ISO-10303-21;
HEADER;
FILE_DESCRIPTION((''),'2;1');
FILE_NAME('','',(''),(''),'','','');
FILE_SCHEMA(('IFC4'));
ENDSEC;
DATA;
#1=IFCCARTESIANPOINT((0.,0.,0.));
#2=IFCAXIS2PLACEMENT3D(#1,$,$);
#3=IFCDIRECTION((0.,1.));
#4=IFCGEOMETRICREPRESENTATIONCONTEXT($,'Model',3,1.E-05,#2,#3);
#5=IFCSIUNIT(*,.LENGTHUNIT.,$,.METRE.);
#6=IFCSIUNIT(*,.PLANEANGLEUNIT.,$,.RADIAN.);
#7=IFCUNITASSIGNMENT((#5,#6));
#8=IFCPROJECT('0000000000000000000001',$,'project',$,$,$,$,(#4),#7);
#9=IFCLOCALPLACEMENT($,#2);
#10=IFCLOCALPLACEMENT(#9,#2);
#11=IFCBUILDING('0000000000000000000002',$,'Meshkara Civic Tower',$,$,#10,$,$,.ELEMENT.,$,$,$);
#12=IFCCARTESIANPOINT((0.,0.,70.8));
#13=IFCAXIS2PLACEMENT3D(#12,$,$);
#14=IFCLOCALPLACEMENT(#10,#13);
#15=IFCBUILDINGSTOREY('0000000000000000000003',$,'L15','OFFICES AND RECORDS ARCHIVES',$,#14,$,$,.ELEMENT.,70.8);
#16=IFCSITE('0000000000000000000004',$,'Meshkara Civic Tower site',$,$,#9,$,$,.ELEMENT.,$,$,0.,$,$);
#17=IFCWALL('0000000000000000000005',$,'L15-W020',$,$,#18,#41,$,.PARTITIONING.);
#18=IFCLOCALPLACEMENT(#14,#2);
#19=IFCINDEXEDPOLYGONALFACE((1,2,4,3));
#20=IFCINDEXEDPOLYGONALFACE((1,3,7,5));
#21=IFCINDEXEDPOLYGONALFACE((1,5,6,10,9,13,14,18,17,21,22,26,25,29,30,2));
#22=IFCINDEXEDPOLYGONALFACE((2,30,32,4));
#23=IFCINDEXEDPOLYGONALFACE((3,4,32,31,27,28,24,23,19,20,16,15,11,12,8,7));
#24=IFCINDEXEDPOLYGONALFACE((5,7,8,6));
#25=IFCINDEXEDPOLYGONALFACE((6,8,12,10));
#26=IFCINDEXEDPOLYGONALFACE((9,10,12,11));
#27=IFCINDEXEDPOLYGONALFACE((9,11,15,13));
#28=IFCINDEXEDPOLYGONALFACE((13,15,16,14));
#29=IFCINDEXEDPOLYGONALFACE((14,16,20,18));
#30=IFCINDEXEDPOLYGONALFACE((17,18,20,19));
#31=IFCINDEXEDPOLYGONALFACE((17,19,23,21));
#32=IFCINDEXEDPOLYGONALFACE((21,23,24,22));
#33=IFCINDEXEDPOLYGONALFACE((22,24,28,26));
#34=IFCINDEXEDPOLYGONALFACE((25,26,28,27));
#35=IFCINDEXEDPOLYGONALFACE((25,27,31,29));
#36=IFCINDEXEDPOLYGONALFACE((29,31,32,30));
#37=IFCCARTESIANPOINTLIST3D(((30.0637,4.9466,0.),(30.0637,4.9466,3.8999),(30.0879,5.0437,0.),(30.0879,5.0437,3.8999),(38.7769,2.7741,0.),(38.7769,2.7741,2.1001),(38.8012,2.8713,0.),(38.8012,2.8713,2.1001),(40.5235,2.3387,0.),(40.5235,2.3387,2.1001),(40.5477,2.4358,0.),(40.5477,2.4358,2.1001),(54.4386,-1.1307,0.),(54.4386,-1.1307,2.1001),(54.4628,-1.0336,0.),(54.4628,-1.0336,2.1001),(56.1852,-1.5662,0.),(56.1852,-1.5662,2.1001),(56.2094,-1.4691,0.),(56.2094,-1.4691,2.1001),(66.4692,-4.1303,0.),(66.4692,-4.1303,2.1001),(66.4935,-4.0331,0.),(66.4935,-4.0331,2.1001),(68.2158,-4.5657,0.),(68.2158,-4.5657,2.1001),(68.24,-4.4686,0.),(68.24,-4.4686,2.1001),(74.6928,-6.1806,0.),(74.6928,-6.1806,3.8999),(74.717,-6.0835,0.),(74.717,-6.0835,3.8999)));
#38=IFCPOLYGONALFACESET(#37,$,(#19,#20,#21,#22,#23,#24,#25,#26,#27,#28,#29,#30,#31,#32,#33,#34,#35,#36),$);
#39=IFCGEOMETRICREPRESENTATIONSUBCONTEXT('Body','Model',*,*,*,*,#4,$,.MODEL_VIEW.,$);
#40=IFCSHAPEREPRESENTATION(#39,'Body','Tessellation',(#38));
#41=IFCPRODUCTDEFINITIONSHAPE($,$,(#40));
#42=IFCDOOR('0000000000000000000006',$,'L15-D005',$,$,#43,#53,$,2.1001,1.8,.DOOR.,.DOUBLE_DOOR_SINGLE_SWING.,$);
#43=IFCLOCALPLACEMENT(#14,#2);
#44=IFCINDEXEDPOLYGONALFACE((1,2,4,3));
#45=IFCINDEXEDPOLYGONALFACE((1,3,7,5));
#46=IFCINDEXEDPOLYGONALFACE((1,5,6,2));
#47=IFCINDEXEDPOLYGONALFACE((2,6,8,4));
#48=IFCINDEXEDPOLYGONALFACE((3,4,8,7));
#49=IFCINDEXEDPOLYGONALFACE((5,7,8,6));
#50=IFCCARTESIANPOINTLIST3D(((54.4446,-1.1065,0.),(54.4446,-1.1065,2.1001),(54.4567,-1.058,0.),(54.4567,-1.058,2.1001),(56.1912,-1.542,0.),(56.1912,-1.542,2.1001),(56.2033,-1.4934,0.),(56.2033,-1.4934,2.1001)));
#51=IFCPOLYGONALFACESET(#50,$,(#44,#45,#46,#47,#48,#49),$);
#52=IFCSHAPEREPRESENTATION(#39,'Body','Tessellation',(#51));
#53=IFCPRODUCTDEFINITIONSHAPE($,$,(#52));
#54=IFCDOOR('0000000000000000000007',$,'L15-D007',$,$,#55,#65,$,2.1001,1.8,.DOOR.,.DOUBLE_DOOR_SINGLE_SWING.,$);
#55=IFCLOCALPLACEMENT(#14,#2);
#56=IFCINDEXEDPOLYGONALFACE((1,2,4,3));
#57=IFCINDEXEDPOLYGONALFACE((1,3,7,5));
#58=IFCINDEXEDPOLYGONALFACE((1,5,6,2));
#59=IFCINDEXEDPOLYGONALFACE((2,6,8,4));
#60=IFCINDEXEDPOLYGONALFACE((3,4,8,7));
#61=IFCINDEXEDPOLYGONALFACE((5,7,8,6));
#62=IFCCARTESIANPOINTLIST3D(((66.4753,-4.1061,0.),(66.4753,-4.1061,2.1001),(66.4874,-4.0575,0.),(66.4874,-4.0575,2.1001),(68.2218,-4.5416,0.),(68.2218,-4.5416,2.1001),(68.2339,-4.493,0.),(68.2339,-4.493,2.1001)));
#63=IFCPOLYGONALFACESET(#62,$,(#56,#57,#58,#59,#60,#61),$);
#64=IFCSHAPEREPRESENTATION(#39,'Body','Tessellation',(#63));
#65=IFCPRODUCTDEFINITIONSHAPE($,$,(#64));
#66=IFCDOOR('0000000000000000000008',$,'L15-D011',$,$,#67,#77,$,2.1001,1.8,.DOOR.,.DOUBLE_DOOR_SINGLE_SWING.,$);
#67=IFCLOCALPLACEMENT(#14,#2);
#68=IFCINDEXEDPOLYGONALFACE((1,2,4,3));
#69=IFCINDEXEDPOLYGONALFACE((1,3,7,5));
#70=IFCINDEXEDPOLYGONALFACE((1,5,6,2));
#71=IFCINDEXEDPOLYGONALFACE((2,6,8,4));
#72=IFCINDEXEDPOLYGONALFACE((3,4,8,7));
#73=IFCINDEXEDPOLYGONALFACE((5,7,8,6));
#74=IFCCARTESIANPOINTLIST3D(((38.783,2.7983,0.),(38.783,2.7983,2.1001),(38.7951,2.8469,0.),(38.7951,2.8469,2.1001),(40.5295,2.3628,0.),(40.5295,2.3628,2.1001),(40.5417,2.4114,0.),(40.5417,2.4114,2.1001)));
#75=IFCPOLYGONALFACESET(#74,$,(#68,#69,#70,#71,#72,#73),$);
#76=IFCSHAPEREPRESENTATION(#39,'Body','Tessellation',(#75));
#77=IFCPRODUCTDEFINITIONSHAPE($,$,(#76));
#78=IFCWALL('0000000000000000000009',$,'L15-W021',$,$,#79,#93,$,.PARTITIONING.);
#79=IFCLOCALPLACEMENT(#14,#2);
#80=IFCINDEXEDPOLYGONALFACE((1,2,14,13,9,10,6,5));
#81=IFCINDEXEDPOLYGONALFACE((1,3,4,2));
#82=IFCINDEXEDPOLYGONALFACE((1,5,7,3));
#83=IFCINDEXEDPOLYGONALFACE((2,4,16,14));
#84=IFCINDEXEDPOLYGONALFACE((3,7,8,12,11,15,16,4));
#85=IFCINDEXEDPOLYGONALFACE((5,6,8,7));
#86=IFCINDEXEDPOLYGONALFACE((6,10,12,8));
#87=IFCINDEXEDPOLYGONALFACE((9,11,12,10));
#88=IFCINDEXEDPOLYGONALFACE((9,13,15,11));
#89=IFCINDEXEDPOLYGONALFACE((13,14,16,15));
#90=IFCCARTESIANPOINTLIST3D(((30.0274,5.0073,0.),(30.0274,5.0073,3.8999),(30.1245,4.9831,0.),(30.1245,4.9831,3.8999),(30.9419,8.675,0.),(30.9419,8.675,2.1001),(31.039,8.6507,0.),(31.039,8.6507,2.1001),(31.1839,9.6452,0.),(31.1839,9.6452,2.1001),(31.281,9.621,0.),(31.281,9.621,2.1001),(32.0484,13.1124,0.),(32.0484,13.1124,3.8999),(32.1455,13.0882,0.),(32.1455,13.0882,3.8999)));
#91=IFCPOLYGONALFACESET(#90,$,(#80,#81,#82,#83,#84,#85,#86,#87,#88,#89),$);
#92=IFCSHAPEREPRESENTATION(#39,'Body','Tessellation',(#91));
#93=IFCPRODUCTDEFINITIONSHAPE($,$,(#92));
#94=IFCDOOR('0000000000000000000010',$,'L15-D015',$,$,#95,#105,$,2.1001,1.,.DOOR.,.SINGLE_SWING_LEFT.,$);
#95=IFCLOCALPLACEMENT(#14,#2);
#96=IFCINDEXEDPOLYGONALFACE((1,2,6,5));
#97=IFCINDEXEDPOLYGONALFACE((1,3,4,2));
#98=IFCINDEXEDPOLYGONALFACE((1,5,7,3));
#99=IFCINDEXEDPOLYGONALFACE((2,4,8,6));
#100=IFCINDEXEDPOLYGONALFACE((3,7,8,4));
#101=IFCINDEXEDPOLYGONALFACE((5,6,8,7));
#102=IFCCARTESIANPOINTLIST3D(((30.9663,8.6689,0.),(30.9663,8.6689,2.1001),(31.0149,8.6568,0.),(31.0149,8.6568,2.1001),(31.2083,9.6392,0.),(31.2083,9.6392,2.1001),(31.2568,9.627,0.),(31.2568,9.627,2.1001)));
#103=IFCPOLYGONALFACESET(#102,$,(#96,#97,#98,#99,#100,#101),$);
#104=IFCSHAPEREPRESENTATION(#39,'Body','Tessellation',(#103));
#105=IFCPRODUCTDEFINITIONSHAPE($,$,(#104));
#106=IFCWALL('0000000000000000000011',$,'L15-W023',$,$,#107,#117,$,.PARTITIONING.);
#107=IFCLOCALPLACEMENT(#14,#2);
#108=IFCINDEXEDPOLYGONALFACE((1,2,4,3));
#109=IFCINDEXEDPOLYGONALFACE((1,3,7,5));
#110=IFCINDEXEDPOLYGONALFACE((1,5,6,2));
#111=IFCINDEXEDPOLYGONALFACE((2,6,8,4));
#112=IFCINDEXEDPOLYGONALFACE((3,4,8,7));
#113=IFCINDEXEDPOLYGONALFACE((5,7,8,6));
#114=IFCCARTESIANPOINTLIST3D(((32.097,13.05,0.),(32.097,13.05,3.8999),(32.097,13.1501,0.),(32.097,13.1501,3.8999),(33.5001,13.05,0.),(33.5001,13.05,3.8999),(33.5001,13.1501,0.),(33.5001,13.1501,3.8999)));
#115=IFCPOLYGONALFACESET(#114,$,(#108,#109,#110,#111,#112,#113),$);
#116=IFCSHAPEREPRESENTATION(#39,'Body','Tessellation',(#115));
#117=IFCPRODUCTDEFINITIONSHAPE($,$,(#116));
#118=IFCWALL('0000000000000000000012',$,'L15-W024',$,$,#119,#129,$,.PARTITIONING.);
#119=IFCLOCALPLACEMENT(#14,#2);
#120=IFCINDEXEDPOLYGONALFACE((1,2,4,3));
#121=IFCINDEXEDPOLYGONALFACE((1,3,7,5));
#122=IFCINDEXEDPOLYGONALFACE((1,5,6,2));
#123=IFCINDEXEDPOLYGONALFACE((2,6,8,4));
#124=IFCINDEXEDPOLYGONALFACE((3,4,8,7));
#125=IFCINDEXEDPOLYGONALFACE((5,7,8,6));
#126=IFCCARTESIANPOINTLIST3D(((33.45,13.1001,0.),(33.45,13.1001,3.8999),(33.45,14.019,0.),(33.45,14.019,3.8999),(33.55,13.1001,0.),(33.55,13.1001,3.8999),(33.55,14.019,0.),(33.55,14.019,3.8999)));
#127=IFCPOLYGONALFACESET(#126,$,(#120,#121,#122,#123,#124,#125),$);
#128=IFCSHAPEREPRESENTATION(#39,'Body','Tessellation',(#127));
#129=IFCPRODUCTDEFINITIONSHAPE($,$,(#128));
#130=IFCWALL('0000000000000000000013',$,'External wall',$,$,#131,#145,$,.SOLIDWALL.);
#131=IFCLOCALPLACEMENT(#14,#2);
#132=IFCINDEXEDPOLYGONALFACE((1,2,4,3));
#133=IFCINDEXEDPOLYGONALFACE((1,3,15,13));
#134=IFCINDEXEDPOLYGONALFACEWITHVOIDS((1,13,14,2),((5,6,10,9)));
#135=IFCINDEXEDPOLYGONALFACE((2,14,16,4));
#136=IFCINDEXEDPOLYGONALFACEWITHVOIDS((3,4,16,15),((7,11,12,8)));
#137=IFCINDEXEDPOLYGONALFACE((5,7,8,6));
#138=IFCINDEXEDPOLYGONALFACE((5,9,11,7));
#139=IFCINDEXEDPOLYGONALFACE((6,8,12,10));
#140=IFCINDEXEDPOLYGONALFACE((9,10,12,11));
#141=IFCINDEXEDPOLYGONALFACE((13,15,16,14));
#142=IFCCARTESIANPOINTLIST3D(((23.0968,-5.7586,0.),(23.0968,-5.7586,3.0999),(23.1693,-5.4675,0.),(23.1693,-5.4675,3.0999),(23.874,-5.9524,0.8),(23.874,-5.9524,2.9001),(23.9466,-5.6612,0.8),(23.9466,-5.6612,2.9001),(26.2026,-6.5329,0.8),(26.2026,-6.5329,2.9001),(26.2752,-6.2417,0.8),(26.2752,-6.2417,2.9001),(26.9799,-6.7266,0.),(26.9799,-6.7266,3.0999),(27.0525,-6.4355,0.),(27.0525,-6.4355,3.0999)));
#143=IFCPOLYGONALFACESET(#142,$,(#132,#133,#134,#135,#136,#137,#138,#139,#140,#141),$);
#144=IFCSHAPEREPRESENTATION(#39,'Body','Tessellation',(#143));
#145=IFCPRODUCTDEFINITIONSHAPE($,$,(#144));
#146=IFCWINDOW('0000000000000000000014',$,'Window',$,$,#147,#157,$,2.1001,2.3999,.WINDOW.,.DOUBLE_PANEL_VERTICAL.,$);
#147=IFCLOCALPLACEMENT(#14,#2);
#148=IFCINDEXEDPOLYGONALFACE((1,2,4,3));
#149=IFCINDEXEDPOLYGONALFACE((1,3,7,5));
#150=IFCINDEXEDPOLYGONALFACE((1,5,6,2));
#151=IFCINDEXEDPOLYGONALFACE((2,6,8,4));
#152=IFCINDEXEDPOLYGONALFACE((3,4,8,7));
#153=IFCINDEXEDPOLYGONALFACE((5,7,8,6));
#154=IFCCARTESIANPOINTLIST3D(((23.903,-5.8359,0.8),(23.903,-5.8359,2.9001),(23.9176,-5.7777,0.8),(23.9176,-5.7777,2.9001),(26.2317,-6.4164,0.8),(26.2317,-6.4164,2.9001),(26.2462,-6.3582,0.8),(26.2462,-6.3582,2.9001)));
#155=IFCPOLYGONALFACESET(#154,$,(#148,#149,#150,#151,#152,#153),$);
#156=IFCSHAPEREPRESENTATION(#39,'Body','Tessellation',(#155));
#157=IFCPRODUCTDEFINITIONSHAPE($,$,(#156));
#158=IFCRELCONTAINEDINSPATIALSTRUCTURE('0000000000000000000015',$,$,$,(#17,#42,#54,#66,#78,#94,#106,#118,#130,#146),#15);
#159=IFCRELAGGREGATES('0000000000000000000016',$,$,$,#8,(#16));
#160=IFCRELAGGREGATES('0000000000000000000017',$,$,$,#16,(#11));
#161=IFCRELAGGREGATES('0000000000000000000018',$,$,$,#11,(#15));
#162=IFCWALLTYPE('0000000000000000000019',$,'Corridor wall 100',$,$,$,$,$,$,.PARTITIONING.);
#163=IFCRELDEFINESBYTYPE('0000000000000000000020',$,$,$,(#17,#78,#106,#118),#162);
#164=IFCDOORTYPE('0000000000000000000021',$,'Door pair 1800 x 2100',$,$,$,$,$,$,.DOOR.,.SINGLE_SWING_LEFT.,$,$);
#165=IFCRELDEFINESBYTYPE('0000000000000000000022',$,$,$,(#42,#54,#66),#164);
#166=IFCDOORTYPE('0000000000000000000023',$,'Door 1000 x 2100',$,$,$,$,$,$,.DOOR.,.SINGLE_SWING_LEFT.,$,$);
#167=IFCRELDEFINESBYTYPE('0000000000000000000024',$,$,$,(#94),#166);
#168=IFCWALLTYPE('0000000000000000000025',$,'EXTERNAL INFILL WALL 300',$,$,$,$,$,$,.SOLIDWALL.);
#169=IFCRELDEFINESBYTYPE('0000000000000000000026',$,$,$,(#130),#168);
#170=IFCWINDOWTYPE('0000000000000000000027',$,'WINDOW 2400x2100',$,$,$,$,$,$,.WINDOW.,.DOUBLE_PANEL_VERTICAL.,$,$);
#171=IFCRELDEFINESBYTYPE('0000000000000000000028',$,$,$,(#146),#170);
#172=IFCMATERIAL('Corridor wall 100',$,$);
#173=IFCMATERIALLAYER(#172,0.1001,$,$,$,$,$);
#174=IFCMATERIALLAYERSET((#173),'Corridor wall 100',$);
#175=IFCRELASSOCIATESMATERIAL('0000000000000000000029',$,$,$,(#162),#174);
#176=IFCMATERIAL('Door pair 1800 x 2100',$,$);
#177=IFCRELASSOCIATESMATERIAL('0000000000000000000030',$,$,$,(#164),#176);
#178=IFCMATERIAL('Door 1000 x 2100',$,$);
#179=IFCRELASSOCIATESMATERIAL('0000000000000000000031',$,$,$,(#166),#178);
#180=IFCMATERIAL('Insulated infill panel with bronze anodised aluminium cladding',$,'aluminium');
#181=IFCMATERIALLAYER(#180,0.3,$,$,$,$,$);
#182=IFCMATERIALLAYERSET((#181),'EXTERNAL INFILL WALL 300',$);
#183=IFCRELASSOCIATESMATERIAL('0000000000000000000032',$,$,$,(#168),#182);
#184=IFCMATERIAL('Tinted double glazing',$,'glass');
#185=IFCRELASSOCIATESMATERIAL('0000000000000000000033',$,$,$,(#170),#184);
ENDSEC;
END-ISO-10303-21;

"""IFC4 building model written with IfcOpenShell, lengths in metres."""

from ifc_helpers import new_model, si_unit, direction, frame, frame_2d, origin, place, context, subcontext, project, spatial, rectangle, extrude, material, layer, layer_set, type_object, element, fill, save


model = new_model("IFC4")

# Units and contexts
model_context = context("Model", 3, precision=1e-05, world=origin(), true_north=direction((0.0, 1.0)))
body_context = subcontext(model_context, "Body", "Model", "MODEL_VIEW")
ifc_project = project(units=[si_unit("LENGTHUNIT", "METRE"), si_unit("PLANEANGLEUNIT", "RADIAN")], contexts=[model_context])

# Site, building, storey
site_placement = place(None, origin())
site = spatial("IfcSite", under=ifc_project, at=site_placement, Name="Meshkara Civic Tower site", CompositionType="ELEMENT", RefElevation=0.0)
building_placement = place(site_placement, origin())
building = spatial("IfcBuilding", under=site, at=building_placement, Name="Meshkara Civic Tower", CompositionType="ELEMENT")
storey_placement = place(building_placement, frame((0.0, 0.0, 70.8)))
storey = spatial("IfcBuildingStorey", under=building, at=storey_placement, Name="L15", Description="OFFICES AND RECORDS ARCHIVES", CompositionType="ELEMENT", Elevation=70.8)

# Wall, openings, doors
ifc_material_1 = material(Name="Corridor wall 100")
ifc_layer_1 = layer(ifc_material_1, 0.1001)
ifc_layer_set_1 = layer_set([ifc_layer_1], Name="Corridor wall 100")
wall_type_1 = type_object("IfcWallType", Name="Corridor wall 100", PredefinedType="PARTITIONING", material=ifc_layer_set_1)
wall_1_placement = place(storey_placement, frame((30.0759, 4.9951, 0.0), z_axis=(0.0, 0.0, 1.0), x_axis=(0.970296, -0.24192, 0.0)))
wall_1 = element("IfcWall", 1, at=wall_1_placement, inside=storey, type_object=wall_type_1, Name="L15-W020", PredefinedType="PARTITIONING", context=body_context, shape_type="SweptSolid", body=[
    extrude(rectangle(XDim=45.9954, YDim=0.1001, at=frame_2d((22.9976, 0.0))), origin(), (0.0, 0.0, 1.0), 3.8999),
])
opening_1_placement = place(wall_1_placement, frame((25.1211, 0.0, 0.0)))
opening_1 = element("IfcOpeningElement", 2, at=opening_1_placement, cuts=wall_1, PredefinedType="OPENING", context=body_context, shape_type="SweptSolid", body=[
    extrude(rectangle(XDim=1.8, YDim=2.1001, at=frame_2d((0.8999, 1.05))), frame((0.0, 0.0601, 0.0), z_axis=(0.0, -1.0, 0.0), x_axis=(1.0, 0.0, 0.0)), (0.0, 0.0, 1.0), 0.1201),
])
opening_2_placement = place(wall_1_placement, frame((37.52, 0.0, 0.0)))
opening_2 = element("IfcOpeningElement", 3, at=opening_2_placement, cuts=wall_1, PredefinedType="OPENING", context=body_context, shape_type="SweptSolid", body=[
    extrude(rectangle(XDim=1.8, YDim=2.1001, at=frame_2d((0.8999, 1.05))), frame((0.0, 0.0601, 0.0), z_axis=(0.0, -1.0, 0.0), x_axis=(1.0, 0.0, 0.0)), (0.0, 0.0, 1.0), 0.1201),
])
opening_3_placement = place(wall_1_placement, frame((8.98, 0.0, 0.0)))
opening_3 = element("IfcOpeningElement", 4, at=opening_3_placement, cuts=wall_1, PredefinedType="OPENING", context=body_context, shape_type="SweptSolid", body=[
    extrude(rectangle(XDim=1.8, YDim=2.1001, at=frame_2d((0.8999, 1.05))), frame((0.0, 0.0601, 0.0), z_axis=(0.0, -1.0, 0.0), x_axis=(1.0, 0.0, 0.0)), (0.0, 0.0, 1.0), 0.1201),
])
ifc_material_2 = material(Name="Door pair 1800 x 2100")
door_type_1 = type_object("IfcDoorType", Name="Door pair 1800 x 2100", OperationType="SINGLE_SWING_LEFT", PredefinedType="DOOR", material=ifc_material_2)
door_1_placement = place(opening_1_placement, origin())
door_1 = element("IfcDoor", 5, at=door_1_placement, inside=storey, type_object=door_type_1, Name="L15-D005", OperationType="DOUBLE_DOOR_SINGLE_SWING", OverallHeight=2.1001, OverallWidth=1.8, PredefinedType="DOOR", context=body_context, shape_type="SweptSolid", body=[
    extrude(rectangle(XDim=1.8, YDim=2.1001, at=frame_2d((0.8999, 1.05))), frame((0.0, 0.0249, 0.0), z_axis=(0.0, -1.0, 0.0), x_axis=(1.0, 0.0, 0.0)), (0.0, 0.0, 1.0), 0.05),
])
fill(opening_1, door_1)
door_2_placement = place(opening_2_placement, origin())
door_2 = element("IfcDoor", 6, at=door_2_placement, inside=storey, type_object=door_type_1, Name="L15-D007", OperationType="DOUBLE_DOOR_SINGLE_SWING", OverallHeight=2.1001, OverallWidth=1.8, PredefinedType="DOOR", context=body_context, shape_type="SweptSolid", body=[
    extrude(rectangle(XDim=1.8, YDim=2.1001, at=frame_2d((0.8999, 1.05))), frame((0.0, 0.0249, 0.0), z_axis=(0.0, -1.0, 0.0), x_axis=(1.0, 0.0, 0.0)), (0.0, 0.0, 1.0), 0.05),
])
fill(opening_2, door_2)
door_3_placement = place(opening_3_placement, origin())
door_3 = element("IfcDoor", 7, at=door_3_placement, inside=storey, type_object=door_type_1, Name="L15-D011", OperationType="DOUBLE_DOOR_SINGLE_SWING", OverallHeight=2.1001, OverallWidth=1.8, PredefinedType="DOOR", context=body_context, shape_type="SweptSolid", body=[
    extrude(rectangle(XDim=1.8, YDim=2.1001, at=frame_2d((0.8999, 1.05))), frame((0.0, 0.0249, 0.0), z_axis=(0.0, -1.0, 0.0), x_axis=(1.0, 0.0, 0.0)), (0.0, 0.0, 1.0), 0.05),
])
fill(opening_3, door_3)

# Wall, opening, door
wall_2_placement = place(storey_placement, frame((30.0759, 4.9951, 0.0), z_axis=(0.0, 0.0, 1.0), x_axis=(0.241944, 0.97029, 0.0)))
wall_2 = element("IfcWall", 8, at=wall_2_placement, inside=storey, type_object=wall_type_1, Name="L15-W021", PredefinedType="PARTITIONING", context=body_context, shape_type="SweptSolid", body=[
    extrude(rectangle(XDim=8.3533, YDim=0.1001, at=frame_2d((4.1768, 0.0))), origin(), (0.0, 0.0, 1.0), 3.8999),
])
opening_4_placement = place(wall_2_placement, frame((3.78, 0.0, 0.0)))
opening_4 = element("IfcOpeningElement", 9, at=opening_4_placement, cuts=wall_2, PredefinedType="OPENING", context=body_context, shape_type="SweptSolid", body=[
    extrude(rectangle(XDim=1.0, YDim=2.1001, at=frame_2d((0.5, 1.05))), frame((0.0, 0.0601, 0.0), z_axis=(0.0, -1.0, 0.0), x_axis=(1.0, 0.0, 0.0)), (0.0, 0.0, 1.0), 0.1201),
])
ifc_material_3 = material(Name="Door 1000 x 2100")
door_type_2 = type_object("IfcDoorType", Name="Door 1000 x 2100", OperationType="SINGLE_SWING_LEFT", PredefinedType="DOOR", material=ifc_material_3)
door_4_placement = place(opening_4_placement, origin())
door_4 = element("IfcDoor", 10, at=door_4_placement, inside=storey, type_object=door_type_2, Name="L15-D015", OperationType="SINGLE_SWING_LEFT", OverallHeight=2.1001, OverallWidth=1.0, PredefinedType="DOOR", context=body_context, shape_type="SweptSolid", body=[
    extrude(rectangle(XDim=1.0, YDim=2.1001, at=frame_2d((0.5, 1.05))), frame((0.0, 0.0249, 0.0), z_axis=(0.0, -1.0, 0.0), x_axis=(1.0, 0.0, 0.0)), (0.0, 0.0, 1.0), 0.05),
])
fill(opening_4, door_4)

# Walls
wall_3_placement = place(storey_placement, frame((32.0969, 13.1001, 0.0), z_axis=(0.0, 0.0, 1.0), x_axis=(1.0, 0.0, 0.0)))
element("IfcWall", 11, at=wall_3_placement, inside=storey, type_object=wall_type_1, Name="L15-W023", PredefinedType="PARTITIONING", context=body_context, shape_type="SweptSolid", body=[
    extrude(rectangle(XDim=1.4031, YDim=0.1001, at=frame_2d((0.7017, 0.0))), origin(), (0.0, 0.0, 1.0), 3.8999),
])
wall_4_placement = place(storey_placement, frame((33.5, 13.1001, 0.0), z_axis=(0.0, 0.0, 1.0), x_axis=(0.0, 1.0, 0.0)))
element("IfcWall", 12, at=wall_4_placement, inside=storey, type_object=wall_type_1, Name="L15-W024", PredefinedType="PARTITIONING", context=body_context, shape_type="SweptSolid", body=[
    extrude(rectangle(XDim=0.9189, YDim=0.1001, at=frame_2d((0.4595, 0.0))), origin(), (0.0, 0.0, 1.0), 3.8999),
])

# Wall, opening, window
ifc_material_4 = material(Name="Insulated infill panel with bronze anodised aluminium cladding", Category="aluminium")
ifc_layer_2 = layer(ifc_material_4, 0.3)
ifc_layer_set_2 = layer_set([ifc_layer_2], Name="EXTERNAL INFILL WALL 300")
wall_type_2 = type_object("IfcWallType", Name="EXTERNAL INFILL WALL 300", PredefinedType="SOLIDWALL", material=ifc_layer_set_2)
wall_5_placement = place(storey_placement, frame((23.1331, -5.613, 0.0), z_axis=(0.0, 0.0, 1.0), x_axis=(0.970304, -0.24189, 0.0)))
wall_5 = element("IfcWall", 13, at=wall_5_placement, inside=storey, type_object=wall_type_2, Name="External wall", PredefinedType="SOLIDWALL", context=body_context, shape_type="SweptSolid", body=[
    extrude(rectangle(XDim=4.002, YDim=0.3, at=frame_2d((2.001, 0.0))), origin(), (0.0, 0.0, 1.0), 3.0999),
])
opening_5_placement = place(wall_5_placement, frame((0.801, 0.0, 0.8)))
opening_5 = element("IfcOpeningElement", 14, at=opening_5_placement, cuts=wall_5, PredefinedType="OPENING", context=body_context, shape_type="SweptSolid", body=[
    extrude(rectangle(XDim=2.3999, YDim=2.1001, at=frame_2d((1.2, 1.05))), frame((0.0, 0.1599, 0.0), z_axis=(0.0, -1.0, 0.0), x_axis=(1.0, 0.0, 0.0)), (0.0, 0.0, 1.0), 0.3201),
])
ifc_material_5 = material(Name="Tinted double glazing", Category="glass")
window_type = type_object("IfcWindowType", Name="WINDOW 2400x2100", PartitioningType="DOUBLE_PANEL_VERTICAL", PredefinedType="WINDOW", material=ifc_material_5)
window_1_placement = place(opening_5_placement, origin())
window_1 = element("IfcWindow", 15, at=window_1_placement, inside=storey, type_object=window_type, Name="Window", OverallHeight=2.1001, OverallWidth=2.3999, PartitioningType="DOUBLE_PANEL_VERTICAL", PredefinedType="WINDOW", context=body_context, shape_type="SweptSolid", body=[
    extrude(rectangle(XDim=2.3999, YDim=2.1001, at=frame_2d((1.2, 1.05))), frame((0.0, 0.03, 0.0), z_axis=(0.0, -1.0, 0.0), x_axis=(1.0, 0.0, 0.0)), (0.0, 0.0, 1.0), 0.0601),
])
fill(opening_5, window_1)

save(model, "model.ifc")
